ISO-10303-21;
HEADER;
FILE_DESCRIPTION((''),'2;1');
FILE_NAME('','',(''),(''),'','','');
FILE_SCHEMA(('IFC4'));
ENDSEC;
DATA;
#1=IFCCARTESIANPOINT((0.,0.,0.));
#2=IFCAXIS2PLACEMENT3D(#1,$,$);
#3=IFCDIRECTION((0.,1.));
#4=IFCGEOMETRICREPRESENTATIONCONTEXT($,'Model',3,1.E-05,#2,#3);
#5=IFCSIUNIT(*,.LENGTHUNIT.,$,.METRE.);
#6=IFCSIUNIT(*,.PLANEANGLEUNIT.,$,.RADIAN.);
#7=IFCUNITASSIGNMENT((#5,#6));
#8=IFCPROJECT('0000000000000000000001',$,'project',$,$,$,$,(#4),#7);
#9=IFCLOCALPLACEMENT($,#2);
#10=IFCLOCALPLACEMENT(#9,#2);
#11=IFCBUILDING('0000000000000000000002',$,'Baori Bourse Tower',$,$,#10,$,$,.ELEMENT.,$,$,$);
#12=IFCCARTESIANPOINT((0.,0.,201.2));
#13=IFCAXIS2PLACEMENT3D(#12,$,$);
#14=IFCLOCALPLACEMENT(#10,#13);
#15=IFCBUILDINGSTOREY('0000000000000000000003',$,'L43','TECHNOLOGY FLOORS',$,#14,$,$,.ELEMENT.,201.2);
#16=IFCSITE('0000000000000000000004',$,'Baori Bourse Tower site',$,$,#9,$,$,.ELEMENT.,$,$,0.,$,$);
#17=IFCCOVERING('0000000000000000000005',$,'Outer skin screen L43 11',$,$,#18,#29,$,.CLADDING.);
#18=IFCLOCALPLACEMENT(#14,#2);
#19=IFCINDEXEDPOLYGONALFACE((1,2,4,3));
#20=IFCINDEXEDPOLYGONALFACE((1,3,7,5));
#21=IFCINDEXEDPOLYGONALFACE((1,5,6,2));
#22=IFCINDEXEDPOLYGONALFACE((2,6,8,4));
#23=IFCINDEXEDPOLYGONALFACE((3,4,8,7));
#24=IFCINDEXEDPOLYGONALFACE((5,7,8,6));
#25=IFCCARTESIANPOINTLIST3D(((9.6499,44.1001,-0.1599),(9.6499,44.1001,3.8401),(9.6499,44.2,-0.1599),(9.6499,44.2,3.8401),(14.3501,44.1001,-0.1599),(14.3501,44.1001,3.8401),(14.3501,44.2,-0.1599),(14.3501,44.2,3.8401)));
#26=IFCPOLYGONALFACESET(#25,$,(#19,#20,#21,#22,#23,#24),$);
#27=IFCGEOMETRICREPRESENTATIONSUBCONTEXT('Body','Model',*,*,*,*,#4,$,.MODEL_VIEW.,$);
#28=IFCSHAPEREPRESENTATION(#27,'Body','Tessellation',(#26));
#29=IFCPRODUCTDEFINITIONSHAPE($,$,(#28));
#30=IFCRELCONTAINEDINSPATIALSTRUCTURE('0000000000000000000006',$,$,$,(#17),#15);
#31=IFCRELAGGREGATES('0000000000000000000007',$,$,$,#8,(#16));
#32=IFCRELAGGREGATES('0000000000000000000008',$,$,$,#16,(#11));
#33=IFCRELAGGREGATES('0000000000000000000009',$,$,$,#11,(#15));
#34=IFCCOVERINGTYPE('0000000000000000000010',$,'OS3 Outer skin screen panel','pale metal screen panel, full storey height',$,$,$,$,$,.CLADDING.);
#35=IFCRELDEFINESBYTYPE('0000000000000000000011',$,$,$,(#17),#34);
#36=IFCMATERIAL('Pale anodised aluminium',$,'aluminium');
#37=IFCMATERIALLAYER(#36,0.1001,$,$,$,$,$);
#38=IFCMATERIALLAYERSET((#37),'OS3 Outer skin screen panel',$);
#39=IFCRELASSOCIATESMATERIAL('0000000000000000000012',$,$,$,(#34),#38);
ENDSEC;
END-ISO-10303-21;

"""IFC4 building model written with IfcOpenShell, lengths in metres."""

from ifc_helpers import new_model, si_unit, direction, frame, origin, place, context, subcontext, project, spatial, polyline, outline, extrude, material, layer, layer_set, type_object, element, save


model = new_model("IFC4")

# Units and contexts
model_context = context("Model", 3, precision=1e-05, world=origin(), true_north=direction((0.0, 1.0)))
body_context = subcontext(model_context, "Body", "Model", "MODEL_VIEW")
ifc_project = project(units=[si_unit("LENGTHUNIT", "METRE"), si_unit("PLANEANGLEUNIT", "RADIAN")], contexts=[model_context])

# Site, building, storey
site_placement = place(None, origin())
site = spatial("IfcSite", under=ifc_project, at=site_placement, Name="Baori Bourse Tower site", CompositionType="ELEMENT", RefElevation=0.0)
building_placement = place(site_placement, origin())
building = spatial("IfcBuilding", under=site, at=building_placement, Name="Baori Bourse Tower", CompositionType="ELEMENT")
storey_placement = place(building_placement, frame((0.0, 0.0, 201.2)))
storey = spatial("IfcBuildingStorey", under=building, at=storey_placement, Name="L43", Description="TECHNOLOGY FLOORS", CompositionType="ELEMENT", Elevation=201.2)

# Covering
ifc_material_1 = material(Name="Pale anodised aluminium", Category="aluminium")
ifc_layer_1 = layer(ifc_material_1, 0.1001)
ifc_layer_set_1 = layer_set([ifc_layer_1], Name="OS3 Outer skin screen panel")
covering_type = type_object("IfcCoveringType", Name="OS3 Outer skin screen panel", Description="pale metal screen panel, full storey height", PredefinedType="CLADDING", material=ifc_layer_set_1)
covering_1_placement = place(storey_placement, frame((0.0, 0.0, -0.1599)))
element("IfcCovering", 1, at=covering_1_placement, inside=storey, type_object=covering_type, Name="Outer skin screen L43 11", PredefinedType="CLADDING", context=body_context, shape_type="SweptSolid", body=[
    extrude(outline(polyline([(9.6499, 44.1001), (14.3501, 44.1001), (14.3501, 44.2), (9.6499, 44.2), (9.6499, 44.1001)])), origin(), (0.0, 0.0, 1.0), 4.0),
])

save(model, "model.ifc")
